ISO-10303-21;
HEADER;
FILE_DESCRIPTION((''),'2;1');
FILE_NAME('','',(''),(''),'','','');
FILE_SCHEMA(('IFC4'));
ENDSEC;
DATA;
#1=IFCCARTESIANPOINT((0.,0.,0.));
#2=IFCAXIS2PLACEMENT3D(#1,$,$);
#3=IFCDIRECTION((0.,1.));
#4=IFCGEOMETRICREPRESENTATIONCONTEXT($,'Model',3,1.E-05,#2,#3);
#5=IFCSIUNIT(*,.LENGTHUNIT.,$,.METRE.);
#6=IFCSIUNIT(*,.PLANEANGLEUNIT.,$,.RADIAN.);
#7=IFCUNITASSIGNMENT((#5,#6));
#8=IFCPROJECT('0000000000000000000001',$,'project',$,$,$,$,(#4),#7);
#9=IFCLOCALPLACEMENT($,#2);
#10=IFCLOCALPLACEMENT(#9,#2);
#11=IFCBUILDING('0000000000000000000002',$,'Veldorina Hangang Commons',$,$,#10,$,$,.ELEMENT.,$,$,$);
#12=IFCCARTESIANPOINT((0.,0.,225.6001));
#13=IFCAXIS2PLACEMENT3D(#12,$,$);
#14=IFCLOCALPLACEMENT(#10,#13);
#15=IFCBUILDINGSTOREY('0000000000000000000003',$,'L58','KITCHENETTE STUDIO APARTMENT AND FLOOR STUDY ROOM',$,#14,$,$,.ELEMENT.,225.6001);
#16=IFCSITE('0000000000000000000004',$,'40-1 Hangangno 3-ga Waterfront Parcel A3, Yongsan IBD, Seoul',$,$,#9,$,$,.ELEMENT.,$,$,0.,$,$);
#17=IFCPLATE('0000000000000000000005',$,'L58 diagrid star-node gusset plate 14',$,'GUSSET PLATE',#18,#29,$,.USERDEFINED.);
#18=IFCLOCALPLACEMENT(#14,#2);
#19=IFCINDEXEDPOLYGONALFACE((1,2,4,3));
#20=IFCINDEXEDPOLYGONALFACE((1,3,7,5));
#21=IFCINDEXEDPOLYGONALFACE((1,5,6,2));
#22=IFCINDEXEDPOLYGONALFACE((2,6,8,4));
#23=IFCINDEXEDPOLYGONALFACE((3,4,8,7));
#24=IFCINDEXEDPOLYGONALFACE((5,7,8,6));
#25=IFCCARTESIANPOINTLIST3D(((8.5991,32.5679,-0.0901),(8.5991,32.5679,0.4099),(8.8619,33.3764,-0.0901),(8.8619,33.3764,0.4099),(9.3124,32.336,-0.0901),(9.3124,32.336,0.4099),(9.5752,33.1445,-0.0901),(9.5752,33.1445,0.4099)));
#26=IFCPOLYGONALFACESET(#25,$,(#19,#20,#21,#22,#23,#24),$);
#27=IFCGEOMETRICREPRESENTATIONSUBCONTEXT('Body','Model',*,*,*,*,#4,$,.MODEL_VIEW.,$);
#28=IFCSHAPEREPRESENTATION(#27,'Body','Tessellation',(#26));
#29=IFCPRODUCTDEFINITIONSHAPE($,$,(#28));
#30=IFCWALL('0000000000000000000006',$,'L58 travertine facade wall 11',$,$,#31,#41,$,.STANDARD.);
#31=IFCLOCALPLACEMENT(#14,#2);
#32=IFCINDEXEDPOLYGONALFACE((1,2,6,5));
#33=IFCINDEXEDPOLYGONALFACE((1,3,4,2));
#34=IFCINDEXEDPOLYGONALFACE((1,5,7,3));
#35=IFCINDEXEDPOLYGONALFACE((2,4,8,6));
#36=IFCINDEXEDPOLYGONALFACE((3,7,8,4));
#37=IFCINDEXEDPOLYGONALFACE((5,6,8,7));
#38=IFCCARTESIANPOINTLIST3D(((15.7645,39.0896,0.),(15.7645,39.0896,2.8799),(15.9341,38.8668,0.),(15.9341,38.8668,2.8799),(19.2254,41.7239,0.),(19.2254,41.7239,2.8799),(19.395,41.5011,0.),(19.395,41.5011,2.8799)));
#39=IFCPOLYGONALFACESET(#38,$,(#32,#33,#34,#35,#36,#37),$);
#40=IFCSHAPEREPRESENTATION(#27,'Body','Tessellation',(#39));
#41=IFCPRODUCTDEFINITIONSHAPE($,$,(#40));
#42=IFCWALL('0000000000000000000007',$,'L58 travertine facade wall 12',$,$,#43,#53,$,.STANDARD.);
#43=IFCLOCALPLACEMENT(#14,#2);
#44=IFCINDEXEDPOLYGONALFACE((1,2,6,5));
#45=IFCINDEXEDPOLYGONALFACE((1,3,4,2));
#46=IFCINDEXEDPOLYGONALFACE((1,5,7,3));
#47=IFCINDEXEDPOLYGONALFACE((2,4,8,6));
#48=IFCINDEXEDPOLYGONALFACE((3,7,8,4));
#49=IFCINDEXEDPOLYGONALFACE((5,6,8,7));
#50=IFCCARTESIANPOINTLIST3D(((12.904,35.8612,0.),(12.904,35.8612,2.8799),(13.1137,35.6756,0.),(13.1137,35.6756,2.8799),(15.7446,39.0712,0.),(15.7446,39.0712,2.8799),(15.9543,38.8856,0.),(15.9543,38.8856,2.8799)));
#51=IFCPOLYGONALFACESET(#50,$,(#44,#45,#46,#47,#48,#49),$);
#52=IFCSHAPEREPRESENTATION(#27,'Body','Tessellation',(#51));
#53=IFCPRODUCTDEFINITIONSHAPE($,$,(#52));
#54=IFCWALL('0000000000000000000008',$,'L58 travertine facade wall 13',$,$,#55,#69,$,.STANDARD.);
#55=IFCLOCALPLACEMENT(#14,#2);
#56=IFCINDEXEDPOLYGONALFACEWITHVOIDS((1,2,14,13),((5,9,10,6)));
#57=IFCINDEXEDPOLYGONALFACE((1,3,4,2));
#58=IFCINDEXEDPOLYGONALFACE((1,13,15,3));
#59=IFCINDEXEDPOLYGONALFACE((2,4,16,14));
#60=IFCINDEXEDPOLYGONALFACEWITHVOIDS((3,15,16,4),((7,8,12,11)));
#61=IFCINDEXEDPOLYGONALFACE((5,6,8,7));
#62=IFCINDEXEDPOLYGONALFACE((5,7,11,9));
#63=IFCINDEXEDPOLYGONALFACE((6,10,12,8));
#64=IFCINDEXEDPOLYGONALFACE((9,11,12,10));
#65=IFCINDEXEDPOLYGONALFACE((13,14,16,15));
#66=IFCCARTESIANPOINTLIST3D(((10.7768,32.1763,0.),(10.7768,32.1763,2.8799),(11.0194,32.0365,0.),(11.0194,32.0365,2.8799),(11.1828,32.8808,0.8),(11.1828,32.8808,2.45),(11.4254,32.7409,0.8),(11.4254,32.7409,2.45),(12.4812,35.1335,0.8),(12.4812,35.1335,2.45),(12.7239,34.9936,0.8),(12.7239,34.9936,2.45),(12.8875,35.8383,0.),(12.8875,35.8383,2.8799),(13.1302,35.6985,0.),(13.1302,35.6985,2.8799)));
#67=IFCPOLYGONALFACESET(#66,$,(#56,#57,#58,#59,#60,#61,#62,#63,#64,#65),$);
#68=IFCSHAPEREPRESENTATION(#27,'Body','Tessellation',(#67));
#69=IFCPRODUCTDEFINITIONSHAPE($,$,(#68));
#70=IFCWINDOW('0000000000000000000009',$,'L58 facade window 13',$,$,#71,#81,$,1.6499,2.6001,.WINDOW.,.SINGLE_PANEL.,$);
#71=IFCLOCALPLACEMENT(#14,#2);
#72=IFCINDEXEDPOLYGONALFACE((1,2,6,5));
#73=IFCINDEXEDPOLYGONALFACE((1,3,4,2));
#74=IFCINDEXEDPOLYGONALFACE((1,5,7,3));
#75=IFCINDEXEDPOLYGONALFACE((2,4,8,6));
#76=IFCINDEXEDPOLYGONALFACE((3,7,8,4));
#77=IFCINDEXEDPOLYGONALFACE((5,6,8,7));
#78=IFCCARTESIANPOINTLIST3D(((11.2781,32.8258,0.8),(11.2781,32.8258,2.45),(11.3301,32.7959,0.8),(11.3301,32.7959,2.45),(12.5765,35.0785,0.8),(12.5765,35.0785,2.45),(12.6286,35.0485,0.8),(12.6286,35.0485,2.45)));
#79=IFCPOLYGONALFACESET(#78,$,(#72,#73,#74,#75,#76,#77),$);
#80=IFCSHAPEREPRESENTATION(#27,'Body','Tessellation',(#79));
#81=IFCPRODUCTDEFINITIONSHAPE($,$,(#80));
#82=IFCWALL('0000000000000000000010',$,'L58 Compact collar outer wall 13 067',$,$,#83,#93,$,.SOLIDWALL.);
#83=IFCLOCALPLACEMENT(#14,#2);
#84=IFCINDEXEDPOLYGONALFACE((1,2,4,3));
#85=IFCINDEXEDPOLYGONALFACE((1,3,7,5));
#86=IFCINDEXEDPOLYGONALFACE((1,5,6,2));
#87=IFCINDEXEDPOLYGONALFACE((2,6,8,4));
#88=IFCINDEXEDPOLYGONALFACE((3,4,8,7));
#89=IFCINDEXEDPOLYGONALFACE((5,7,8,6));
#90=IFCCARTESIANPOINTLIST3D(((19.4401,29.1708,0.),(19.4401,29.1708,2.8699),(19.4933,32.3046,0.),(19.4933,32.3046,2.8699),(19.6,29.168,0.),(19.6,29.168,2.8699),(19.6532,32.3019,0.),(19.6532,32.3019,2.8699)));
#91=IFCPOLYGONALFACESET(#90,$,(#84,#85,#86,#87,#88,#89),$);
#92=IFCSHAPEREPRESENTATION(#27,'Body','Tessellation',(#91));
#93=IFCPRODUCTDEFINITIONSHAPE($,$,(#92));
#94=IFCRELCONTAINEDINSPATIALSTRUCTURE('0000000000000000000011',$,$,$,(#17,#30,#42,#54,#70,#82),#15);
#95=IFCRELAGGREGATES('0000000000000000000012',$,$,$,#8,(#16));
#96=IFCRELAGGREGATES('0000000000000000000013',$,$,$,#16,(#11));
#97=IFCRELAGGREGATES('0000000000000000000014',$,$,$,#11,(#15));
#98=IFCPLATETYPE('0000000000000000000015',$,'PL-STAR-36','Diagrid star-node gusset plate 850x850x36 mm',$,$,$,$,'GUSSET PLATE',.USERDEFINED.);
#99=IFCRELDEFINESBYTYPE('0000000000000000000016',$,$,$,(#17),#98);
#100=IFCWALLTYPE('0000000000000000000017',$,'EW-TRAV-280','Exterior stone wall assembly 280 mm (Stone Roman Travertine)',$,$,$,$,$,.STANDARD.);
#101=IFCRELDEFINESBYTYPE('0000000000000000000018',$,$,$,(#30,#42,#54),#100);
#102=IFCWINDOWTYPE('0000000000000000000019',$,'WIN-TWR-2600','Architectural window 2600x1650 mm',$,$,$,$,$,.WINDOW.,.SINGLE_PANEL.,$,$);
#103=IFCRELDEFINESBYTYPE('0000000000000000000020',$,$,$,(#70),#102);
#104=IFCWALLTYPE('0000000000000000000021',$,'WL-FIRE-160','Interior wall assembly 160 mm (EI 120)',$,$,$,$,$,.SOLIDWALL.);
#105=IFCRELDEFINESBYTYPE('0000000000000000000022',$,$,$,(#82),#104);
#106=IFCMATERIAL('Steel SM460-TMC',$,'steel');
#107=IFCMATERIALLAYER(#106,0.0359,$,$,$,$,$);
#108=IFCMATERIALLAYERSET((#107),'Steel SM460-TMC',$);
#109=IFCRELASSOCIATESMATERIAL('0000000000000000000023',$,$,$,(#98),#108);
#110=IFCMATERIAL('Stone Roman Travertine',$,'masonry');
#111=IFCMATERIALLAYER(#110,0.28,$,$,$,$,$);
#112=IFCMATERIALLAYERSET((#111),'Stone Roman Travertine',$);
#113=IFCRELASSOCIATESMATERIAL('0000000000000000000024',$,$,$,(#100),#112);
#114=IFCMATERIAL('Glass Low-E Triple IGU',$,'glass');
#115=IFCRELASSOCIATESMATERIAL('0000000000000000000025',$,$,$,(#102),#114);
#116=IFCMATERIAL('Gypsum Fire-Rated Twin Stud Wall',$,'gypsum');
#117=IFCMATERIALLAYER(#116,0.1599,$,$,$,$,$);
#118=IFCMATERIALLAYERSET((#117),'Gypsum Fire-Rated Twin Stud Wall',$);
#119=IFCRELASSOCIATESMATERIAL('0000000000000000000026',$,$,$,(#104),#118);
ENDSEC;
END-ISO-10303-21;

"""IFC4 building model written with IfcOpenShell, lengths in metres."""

from ifc_helpers import new_model, si_unit, direction, frame, frame_2d, origin, origin_2d, place, context, subcontext, project, spatial, rectangle, extrude, material, layer, layer_set, type_object, element, fill, save


model = new_model("IFC4")

# Units and contexts
model_context = context("Model", 3, precision=1e-05, world=origin(), true_north=direction((0.0, 1.0)))
body_context = subcontext(model_context, "Body", "Model", "MODEL_VIEW")
ifc_project = project(units=[si_unit("LENGTHUNIT", "METRE"), si_unit("PLANEANGLEUNIT", "RADIAN")], contexts=[model_context])

# Site, building, storey
site_placement = place(None, origin())
site = spatial("IfcSite", under=ifc_project, at=site_placement, Name="40-1 Hangangno 3-ga Waterfront Parcel A3, Yongsan IBD, Seoul", CompositionType="ELEMENT", RefElevation=0.0)
building_placement = place(site_placement, origin())
building = spatial("IfcBuilding", under=site, at=building_placement, Name="Veldorina Hangang Commons", CompositionType="ELEMENT")
storey_placement = place(building_placement, frame((0.0, 0.0, 225.6001)))
storey = spatial("IfcBuildingStorey", under=building, at=storey_placement, Name="L58", Description="KITCHENETTE STUDIO APARTMENT AND FLOOR STUDY ROOM", CompositionType="ELEMENT", Elevation=225.6001)

# Plate
ifc_material_1 = material(Name="Steel SM460-TMC", Category="steel")
ifc_layer_1 = layer(ifc_material_1, 0.0359)
ifc_layer_set_1 = layer_set([ifc_layer_1], Name="Steel SM460-TMC")
plate_type = type_object("IfcPlateType", Name="PL-STAR-36", Description="Diagrid star-node gusset plate 850x850x36 mm", ElementType="GUSSET PLATE", PredefinedType="USERDEFINED", material=ifc_layer_set_1)
for number, where, z_axis, x_axis, name in (
    (1, (9.0872, 32.8562, -0.0901), (0.0, 0.0, 1.0), (-0.309166, -0.951008, 0.0), "L58 diagrid star-node gusset plate 14"),
):
    element("IfcPlate", number, at=place(storey_placement, frame(where, z_axis=z_axis, x_axis=x_axis)), inside=storey, type_object=plate_type, Name=name, ObjectType="GUSSET PLATE", PredefinedType="USERDEFINED", context=body_context, shape_type="SweptSolid", body=[
        extrude(rectangle(XDim=0.8501, YDim=0.75, at=origin_2d()), origin(), (0.0, 0.0, 1.0), 0.5),
    ])

# Walls
ifc_material_2 = material(Name="Stone Roman Travertine", Category="masonry")
ifc_layer_2 = layer(ifc_material_2, 0.28)
ifc_layer_set_2 = layer_set([ifc_layer_2], Name="Stone Roman Travertine")
wall_type_1 = type_object("IfcWallType", Name="EW-TRAV-280", Description="Exterior stone wall assembly 280 mm (Stone Roman Travertine)", PredefinedType="STANDARD", material=ifc_layer_set_2)
wall_1_placement = place(storey_placement, frame((19.3103, 41.6125, 0.0), z_axis=(0.0, 0.0, 1.0), x_axis=(-0.795723, -0.605661, 0.0)))
element("IfcWall", 2, at=wall_1_placement, inside=storey, type_object=wall_type_1, Name="L58 travertine facade wall 11", PredefinedType="STANDARD", context=body_context, shape_type="SweptSolid", body=[
    extrude(rectangle(XDim=4.3494, YDim=0.28, at=frame_2d((2.1748, 0.0))), origin(), (0.0, 0.0, 1.0), 2.8799),
])
wall_2_placement = place(storey_placement, frame((15.8494, 38.9783, 0.0), z_axis=(0.0, 0.0, 1.0), x_axis=(-0.662704, -0.748881, 0.0)))
element("IfcWall", 3, at=wall_2_placement, inside=storey, type_object=wall_type_1, Name="L58 travertine facade wall 12", PredefinedType="STANDARD", context=body_context, shape_type="SweptSolid", body=[
    extrude(rectangle(XDim=4.2864, YDim=0.28, at=frame_2d((2.1431, 0.0))), origin(), (0.0, 0.0, 1.0), 2.8799),
])

# Wall, opening, window
wall_3_placement = place(storey_placement, frame((13.0088, 35.7683, 0.0), z_axis=(0.0, 0.0, 1.0), x_axis=(-0.499382, -0.866382, 0.0)))
wall_3 = element("IfcWall", 4, at=wall_3_placement, inside=storey, type_object=wall_type_1, Name="L58 travertine facade wall 13", PredefinedType="STANDARD", context=body_context, shape_type="SweptSolid", body=[
    extrude(rectangle(XDim=4.2268, YDim=0.28, at=frame_2d((2.1133, 0.0))), origin(), (0.0, 0.0, 1.0), 2.8799),
])
opening_placement = place(wall_3_placement, frame((0.8135, 0.0, 0.8)))
opening = element("IfcOpeningElement", 5, at=opening_placement, cuts=wall_3, PredefinedType="OPENING", context=body_context, shape_type="SweptSolid", body=[
    extrude(rectangle(XDim=2.6001, YDim=1.6499, at=frame_2d((1.3, 0.825))), frame((0.0, 0.1499, 0.0), z_axis=(0.0, -1.0, 0.0), x_axis=(1.0, 0.0, 0.0)), (0.0, 0.0, 1.0), 0.3),
])
ifc_material_3 = material(Name="Glass Low-E Triple IGU", Category="glass")
window_type = type_object("IfcWindowType", Name="WIN-TWR-2600", Description="Architectural window 2600x1650 mm", PartitioningType="SINGLE_PANEL", PredefinedType="WINDOW", material=ifc_material_3)
window_placement = place(opening_placement, origin())
window = element("IfcWindow", 6, at=window_placement, inside=storey, type_object=window_type, Name="L58 facade window 13", OverallHeight=1.6499, OverallWidth=2.6001, PartitioningType="SINGLE_PANEL", PredefinedType="WINDOW", context=body_context, shape_type="SweptSolid", body=[
    extrude(rectangle(XDim=2.6001, YDim=1.6499, at=frame_2d((1.3, 0.825))), frame((0.0, 0.03, 0.0), z_axis=(0.0, -1.0, 0.0), x_axis=(1.0, 0.0, 0.0)), (0.0, 0.0, 1.0), 0.0601),
])
fill(opening, window)

# Wall
ifc_material_4 = material(Name="Gypsum Fire-Rated Twin Stud Wall", Category="gypsum")
ifc_layer_3 = layer(ifc_material_4, 0.1599)
ifc_layer_set_3 = layer_set([ifc_layer_3], Name="Gypsum Fire-Rated Twin Stud Wall")
wall_type_2 = type_object("IfcWallType", Name="WL-FIRE-160", Description="Interior wall assembly 160 mm (EI 120)", PredefinedType="SOLIDWALL", material=ifc_layer_set_3)
wall_4_placement = place(storey_placement, frame((19.5732, 32.3032, 0.0), z_axis=(0.0, 0.0, 1.0), x_axis=(-0.016981, -0.999856, 0.0)))
element("IfcWall", 7, at=wall_4_placement, inside=storey, type_object=wall_type_2, Name="L58 Compact collar outer wall 13 067", PredefinedType="SOLIDWALL", context=body_context, shape_type="SweptSolid", body=[
    extrude(rectangle(XDim=3.1343, YDim=0.1599, at=frame_2d((1.5671, 0.0))), origin(), (0.0, 0.0, 1.0), 2.8699),
])

save(model, "model.ifc")
